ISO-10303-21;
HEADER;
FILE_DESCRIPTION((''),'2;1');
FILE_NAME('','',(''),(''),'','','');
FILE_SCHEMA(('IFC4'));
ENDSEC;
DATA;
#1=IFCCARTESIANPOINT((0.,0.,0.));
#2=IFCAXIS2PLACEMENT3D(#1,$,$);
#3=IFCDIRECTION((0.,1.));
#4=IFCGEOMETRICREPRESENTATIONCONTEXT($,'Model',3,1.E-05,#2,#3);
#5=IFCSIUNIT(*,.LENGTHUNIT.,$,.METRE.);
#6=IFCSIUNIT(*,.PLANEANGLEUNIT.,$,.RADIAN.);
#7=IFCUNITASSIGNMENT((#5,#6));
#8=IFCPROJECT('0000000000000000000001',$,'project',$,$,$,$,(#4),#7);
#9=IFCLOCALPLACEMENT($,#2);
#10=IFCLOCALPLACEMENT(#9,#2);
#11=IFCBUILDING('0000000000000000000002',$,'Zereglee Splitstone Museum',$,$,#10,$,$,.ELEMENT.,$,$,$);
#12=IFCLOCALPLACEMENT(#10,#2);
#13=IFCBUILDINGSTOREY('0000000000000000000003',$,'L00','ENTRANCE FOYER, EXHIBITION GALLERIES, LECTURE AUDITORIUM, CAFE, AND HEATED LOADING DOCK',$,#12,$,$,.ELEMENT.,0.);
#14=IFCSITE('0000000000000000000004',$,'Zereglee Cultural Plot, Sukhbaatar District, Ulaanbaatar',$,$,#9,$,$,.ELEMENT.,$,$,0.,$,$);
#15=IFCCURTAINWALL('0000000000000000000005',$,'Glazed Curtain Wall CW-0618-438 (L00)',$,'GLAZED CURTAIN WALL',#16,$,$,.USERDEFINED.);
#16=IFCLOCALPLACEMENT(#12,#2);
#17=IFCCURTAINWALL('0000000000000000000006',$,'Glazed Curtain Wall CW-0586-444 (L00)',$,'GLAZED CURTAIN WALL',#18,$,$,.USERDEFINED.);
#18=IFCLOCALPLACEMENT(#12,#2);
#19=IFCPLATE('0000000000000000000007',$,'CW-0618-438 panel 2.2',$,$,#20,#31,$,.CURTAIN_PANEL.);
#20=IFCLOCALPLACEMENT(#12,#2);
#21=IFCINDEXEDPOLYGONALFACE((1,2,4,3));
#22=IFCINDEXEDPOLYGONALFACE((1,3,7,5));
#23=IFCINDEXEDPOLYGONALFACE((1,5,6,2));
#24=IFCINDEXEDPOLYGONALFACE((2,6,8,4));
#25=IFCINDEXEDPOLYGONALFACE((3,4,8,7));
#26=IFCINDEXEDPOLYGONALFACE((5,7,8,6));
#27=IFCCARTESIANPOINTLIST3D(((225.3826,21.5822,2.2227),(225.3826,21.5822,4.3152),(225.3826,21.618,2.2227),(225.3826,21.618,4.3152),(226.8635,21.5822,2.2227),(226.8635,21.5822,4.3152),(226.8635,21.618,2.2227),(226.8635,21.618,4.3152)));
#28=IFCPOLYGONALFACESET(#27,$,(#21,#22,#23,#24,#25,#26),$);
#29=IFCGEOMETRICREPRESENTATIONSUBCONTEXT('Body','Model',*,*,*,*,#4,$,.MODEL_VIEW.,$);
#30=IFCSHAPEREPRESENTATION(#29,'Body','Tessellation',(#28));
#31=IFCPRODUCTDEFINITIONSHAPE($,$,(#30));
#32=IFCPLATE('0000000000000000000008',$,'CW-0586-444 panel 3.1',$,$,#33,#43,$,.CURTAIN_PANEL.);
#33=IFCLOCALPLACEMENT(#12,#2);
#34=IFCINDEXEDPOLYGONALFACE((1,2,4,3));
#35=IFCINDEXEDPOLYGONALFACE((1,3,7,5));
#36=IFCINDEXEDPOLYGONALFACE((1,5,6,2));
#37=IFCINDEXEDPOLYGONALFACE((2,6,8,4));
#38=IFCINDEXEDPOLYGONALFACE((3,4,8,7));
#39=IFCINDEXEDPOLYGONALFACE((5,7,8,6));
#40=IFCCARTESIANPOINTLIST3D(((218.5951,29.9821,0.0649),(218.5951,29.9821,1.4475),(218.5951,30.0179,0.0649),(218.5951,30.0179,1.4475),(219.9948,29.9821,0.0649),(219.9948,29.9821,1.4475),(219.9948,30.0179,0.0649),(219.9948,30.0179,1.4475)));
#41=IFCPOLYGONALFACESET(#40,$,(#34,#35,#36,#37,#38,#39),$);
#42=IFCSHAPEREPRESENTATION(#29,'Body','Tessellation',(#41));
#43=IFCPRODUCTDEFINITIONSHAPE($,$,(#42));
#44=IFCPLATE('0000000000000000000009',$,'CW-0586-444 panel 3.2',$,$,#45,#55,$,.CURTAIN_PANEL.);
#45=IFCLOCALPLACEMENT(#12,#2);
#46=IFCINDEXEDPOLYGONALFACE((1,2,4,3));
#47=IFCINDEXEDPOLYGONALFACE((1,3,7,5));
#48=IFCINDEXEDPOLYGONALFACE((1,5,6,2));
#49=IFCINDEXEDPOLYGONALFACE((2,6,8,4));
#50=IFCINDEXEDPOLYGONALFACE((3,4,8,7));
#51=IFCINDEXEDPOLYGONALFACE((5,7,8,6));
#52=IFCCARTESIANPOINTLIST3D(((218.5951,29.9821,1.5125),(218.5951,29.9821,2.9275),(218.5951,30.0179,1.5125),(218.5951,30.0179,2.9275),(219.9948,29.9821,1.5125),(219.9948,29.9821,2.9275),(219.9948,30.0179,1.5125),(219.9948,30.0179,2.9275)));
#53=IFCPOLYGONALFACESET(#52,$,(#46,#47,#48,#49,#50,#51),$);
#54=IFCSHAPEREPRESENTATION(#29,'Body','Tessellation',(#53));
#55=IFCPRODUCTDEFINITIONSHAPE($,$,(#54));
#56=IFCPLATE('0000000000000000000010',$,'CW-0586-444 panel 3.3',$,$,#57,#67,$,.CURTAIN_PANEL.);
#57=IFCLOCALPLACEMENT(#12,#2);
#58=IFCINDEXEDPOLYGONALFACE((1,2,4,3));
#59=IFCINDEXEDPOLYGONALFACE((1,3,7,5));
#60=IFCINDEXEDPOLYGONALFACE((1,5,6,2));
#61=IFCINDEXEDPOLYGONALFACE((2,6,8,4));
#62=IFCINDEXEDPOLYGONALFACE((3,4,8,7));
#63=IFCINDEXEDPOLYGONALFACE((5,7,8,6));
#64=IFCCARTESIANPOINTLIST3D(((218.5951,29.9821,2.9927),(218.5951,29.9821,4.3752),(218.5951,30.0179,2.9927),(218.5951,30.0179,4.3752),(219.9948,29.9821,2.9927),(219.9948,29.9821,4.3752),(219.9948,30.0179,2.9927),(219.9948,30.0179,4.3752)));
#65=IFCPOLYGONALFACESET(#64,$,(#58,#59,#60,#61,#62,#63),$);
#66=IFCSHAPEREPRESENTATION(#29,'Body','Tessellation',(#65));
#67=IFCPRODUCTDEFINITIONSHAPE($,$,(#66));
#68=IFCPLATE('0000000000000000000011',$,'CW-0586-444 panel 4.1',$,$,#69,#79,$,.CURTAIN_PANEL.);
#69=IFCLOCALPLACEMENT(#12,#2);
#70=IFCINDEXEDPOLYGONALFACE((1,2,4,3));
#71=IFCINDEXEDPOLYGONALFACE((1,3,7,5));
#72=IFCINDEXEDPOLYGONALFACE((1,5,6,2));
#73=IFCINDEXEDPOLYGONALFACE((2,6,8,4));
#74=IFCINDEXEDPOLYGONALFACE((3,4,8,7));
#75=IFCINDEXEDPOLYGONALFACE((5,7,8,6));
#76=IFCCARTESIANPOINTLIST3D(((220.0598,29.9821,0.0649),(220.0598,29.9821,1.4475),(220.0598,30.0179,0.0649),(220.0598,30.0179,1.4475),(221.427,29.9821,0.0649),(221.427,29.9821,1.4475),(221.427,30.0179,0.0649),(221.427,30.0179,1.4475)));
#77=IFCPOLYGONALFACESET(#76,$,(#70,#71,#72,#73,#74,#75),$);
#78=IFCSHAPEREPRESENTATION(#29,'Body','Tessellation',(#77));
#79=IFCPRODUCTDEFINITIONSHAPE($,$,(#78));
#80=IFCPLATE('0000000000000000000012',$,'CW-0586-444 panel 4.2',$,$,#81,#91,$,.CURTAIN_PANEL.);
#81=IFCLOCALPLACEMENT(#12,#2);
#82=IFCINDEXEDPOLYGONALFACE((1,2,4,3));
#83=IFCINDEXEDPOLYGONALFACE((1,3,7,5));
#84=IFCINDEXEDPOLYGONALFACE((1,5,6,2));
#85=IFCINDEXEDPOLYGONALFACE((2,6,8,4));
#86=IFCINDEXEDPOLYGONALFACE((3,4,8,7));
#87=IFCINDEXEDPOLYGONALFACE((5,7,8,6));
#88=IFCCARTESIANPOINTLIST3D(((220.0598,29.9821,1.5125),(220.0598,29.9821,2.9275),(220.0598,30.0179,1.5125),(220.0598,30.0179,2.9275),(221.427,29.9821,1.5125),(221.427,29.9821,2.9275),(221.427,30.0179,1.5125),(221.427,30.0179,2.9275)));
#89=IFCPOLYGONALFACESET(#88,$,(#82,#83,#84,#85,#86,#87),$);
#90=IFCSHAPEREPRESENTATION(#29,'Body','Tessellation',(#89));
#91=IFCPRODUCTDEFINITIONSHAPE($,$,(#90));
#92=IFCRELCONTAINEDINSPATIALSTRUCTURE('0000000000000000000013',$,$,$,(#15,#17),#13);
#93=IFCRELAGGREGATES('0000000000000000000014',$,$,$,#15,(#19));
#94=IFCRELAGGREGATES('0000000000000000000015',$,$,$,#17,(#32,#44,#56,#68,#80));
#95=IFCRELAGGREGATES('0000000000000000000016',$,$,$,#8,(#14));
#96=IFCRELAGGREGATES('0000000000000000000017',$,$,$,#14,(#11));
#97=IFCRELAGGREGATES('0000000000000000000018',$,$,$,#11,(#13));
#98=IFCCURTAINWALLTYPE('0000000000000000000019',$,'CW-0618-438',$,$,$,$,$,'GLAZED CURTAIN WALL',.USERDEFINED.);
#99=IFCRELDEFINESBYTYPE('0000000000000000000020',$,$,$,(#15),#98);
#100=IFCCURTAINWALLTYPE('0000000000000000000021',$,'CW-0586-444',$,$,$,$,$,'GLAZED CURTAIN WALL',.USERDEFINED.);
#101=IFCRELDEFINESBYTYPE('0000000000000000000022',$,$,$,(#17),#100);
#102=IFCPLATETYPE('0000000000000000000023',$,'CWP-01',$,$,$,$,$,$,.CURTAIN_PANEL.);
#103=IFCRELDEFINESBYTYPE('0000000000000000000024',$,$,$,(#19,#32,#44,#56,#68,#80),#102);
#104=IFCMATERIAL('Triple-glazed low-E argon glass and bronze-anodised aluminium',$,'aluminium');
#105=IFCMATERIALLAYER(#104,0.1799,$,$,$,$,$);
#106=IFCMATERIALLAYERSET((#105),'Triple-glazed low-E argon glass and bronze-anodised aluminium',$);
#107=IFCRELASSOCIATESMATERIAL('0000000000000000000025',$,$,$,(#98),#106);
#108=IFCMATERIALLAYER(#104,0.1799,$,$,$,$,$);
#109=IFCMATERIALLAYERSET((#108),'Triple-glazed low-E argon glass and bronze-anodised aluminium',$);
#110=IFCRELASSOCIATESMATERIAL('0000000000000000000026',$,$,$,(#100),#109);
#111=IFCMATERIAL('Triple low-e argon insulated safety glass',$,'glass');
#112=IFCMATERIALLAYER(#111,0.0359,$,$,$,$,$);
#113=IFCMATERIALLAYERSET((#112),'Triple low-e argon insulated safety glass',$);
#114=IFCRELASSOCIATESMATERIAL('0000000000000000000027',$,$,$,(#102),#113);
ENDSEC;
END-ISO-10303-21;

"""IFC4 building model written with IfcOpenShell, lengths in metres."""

from ifc_helpers import new_model, si_unit, direction, frame, origin, origin_2d, place, context, subcontext, project, spatial, rectangle, extrude, material, layer, layer_set, type_object, element, aggregate, save


model = new_model("IFC4")

# Units and contexts
model_context = context("Model", 3, precision=1e-05, world=origin(), true_north=direction((0.0, 1.0)))
body_context = subcontext(model_context, "Body", "Model", "MODEL_VIEW")
ifc_project = project(units=[si_unit("LENGTHUNIT", "METRE"), si_unit("PLANEANGLEUNIT", "RADIAN")], contexts=[model_context])

# Site, building, storey
site_placement = place(None, origin())
site = spatial("IfcSite", under=ifc_project, at=site_placement, Name="Zereglee Cultural Plot, Sukhbaatar District, Ulaanbaatar", CompositionType="ELEMENT", RefElevation=0.0)
building_placement = place(site_placement, origin())
building = spatial("IfcBuilding", under=site, at=building_placement, Name="Zereglee Splitstone Museum", CompositionType="ELEMENT")
storey_placement = place(building_placement, origin())
storey = spatial("IfcBuildingStorey", under=building, at=storey_placement, Name="L00", Description="ENTRANCE FOYER, EXHIBITION GALLERIES, LECTURE AUDITORIUM, CAFE, AND HEATED LOADING DOCK", CompositionType="ELEMENT", Elevation=0.0)

# Curtain walls
ifc_material_1 = material(Name="Triple-glazed low-E argon glass and bronze-anodised aluminium", Category="aluminium")
ifc_layer_1 = layer(ifc_material_1, 0.1799)
ifc_layer_set_1 = layer_set([ifc_layer_1], Name="Triple-glazed low-E argon glass and bronze-anodised aluminium")
curtain_wall_type_1 = type_object("IfcCurtainWallType", Name="CW-0618-438", ElementType="GLAZED CURTAIN WALL", PredefinedType="USERDEFINED", material=ifc_layer_set_1)
curtain_wall_1_placement = place(storey_placement, origin())
curtain_wall_1 = element("IfcCurtainWall", 1, at=curtain_wall_1_placement, inside=storey, type_object=curtain_wall_type_1, Name="Glazed Curtain Wall CW-0618-438 (L00)", ObjectType="GLAZED CURTAIN WALL", PredefinedType="USERDEFINED")
ifc_layer_2 = layer(ifc_material_1, 0.1799)
ifc_layer_set_2 = layer_set([ifc_layer_2], Name="Triple-glazed low-E argon glass and bronze-anodised aluminium")
curtain_wall_type_2 = type_object("IfcCurtainWallType", Name="CW-0586-444", ElementType="GLAZED CURTAIN WALL", PredefinedType="USERDEFINED", material=ifc_layer_set_2)
curtain_wall_2_placement = place(storey_placement, origin())
curtain_wall_2 = element("IfcCurtainWall", 2, at=curtain_wall_2_placement, inside=storey, type_object=curtain_wall_type_2, Name="Glazed Curtain Wall CW-0586-444 (L00)", ObjectType="GLAZED CURTAIN WALL", PredefinedType="USERDEFINED")

# Plates
ifc_material_2 = material(Name="Triple low-e argon insulated safety glass", Category="glass")
ifc_layer_3 = layer(ifc_material_2, 0.0359)
ifc_layer_set_3 = layer_set([ifc_layer_3], Name="Triple low-e argon insulated safety glass")
plate_type = type_object("IfcPlateType", Name="CWP-01", PredefinedType="CURTAIN_PANEL", material=ifc_layer_set_3)
plate_1_placement = place(storey_placement, frame((226.123, 21.6001, 2.2227), z_axis=(0.0, 0.0, 1.0), x_axis=(-1.0, 0.0, 0.0)))
plate_1 = element("IfcPlate", 3, at=plate_1_placement, type_object=plate_type, Name="CW-0618-438 panel 2.2", PredefinedType="CURTAIN_PANEL", context=body_context, shape_type="SweptSolid", body=[
    extrude(rectangle(XDim=1.481, YDim=0.0359, at=origin_2d()), origin(), (0.0, 0.0, 1.0), 2.0925),
])
aggregate(curtain_wall_1, [plate_1])
plate_2_placement = place(storey_placement, frame((219.2949, 30.0, 0.0649), z_axis=(0.0, 0.0, 1.0), x_axis=(1.0, 0.0, 0.0)))
plate_2 = element("IfcPlate", 4, at=plate_2_placement, type_object=plate_type, Name="CW-0586-444 panel 3.1", PredefinedType="CURTAIN_PANEL", context=body_context, shape_type="SweptSolid", body=[
    extrude(rectangle(XDim=1.3997, YDim=0.0359, at=origin_2d()), origin(), (0.0, 0.0, 1.0), 1.3826),
])
plate_3_placement = place(storey_placement, frame((219.2949, 30.0, 1.5125), z_axis=(0.0, 0.0, 1.0), x_axis=(1.0, 0.0, 0.0)))
plate_3 = element("IfcPlate", 5, at=plate_3_placement, type_object=plate_type, Name="CW-0586-444 panel 3.2", PredefinedType="CURTAIN_PANEL", context=body_context, shape_type="SweptSolid", body=[
    extrude(rectangle(XDim=1.3997, YDim=0.0359, at=origin_2d()), origin(), (0.0, 0.0, 1.0), 1.415),
])
plate_4_placement = place(storey_placement, frame((219.2949, 30.0, 2.9927), z_axis=(0.0, 0.0, 1.0), x_axis=(1.0, 0.0, 0.0)))
plate_4 = element("IfcPlate", 6, at=plate_4_placement, type_object=plate_type, Name="CW-0586-444 panel 3.3", PredefinedType="CURTAIN_PANEL", context=body_context, shape_type="SweptSolid", body=[
    extrude(rectangle(XDim=1.3997, YDim=0.0359, at=origin_2d()), origin(), (0.0, 0.0, 1.0), 1.3826),
])
plate_5_placement = place(storey_placement, frame((220.7434, 30.0, 0.0649), z_axis=(0.0, 0.0, 1.0), x_axis=(1.0, 0.0, 0.0)))
plate_5 = element("IfcPlate", 7, at=plate_5_placement, type_object=plate_type, Name="CW-0586-444 panel 4.1", PredefinedType="CURTAIN_PANEL", context=body_context, shape_type="SweptSolid", body=[
    extrude(rectangle(XDim=1.3672, YDim=0.0359, at=origin_2d()), origin(), (0.0, 0.0, 1.0), 1.3826),
])
plate_6_placement = place(storey_placement, frame((220.7434, 30.0, 1.5125), z_axis=(0.0, 0.0, 1.0), x_axis=(1.0, 0.0, 0.0)))
plate_6 = element("IfcPlate", 8, at=plate_6_placement, type_object=plate_type, Name="CW-0586-444 panel 4.2", PredefinedType="CURTAIN_PANEL", context=body_context, shape_type="SweptSolid", body=[
    extrude(rectangle(XDim=1.3672, YDim=0.0359, at=origin_2d()), origin(), (0.0, 0.0, 1.0), 1.415),
])
aggregate(curtain_wall_2, [plate_2, plate_3, plate_4, plate_5, plate_6])

save(model, "model.ifc")
